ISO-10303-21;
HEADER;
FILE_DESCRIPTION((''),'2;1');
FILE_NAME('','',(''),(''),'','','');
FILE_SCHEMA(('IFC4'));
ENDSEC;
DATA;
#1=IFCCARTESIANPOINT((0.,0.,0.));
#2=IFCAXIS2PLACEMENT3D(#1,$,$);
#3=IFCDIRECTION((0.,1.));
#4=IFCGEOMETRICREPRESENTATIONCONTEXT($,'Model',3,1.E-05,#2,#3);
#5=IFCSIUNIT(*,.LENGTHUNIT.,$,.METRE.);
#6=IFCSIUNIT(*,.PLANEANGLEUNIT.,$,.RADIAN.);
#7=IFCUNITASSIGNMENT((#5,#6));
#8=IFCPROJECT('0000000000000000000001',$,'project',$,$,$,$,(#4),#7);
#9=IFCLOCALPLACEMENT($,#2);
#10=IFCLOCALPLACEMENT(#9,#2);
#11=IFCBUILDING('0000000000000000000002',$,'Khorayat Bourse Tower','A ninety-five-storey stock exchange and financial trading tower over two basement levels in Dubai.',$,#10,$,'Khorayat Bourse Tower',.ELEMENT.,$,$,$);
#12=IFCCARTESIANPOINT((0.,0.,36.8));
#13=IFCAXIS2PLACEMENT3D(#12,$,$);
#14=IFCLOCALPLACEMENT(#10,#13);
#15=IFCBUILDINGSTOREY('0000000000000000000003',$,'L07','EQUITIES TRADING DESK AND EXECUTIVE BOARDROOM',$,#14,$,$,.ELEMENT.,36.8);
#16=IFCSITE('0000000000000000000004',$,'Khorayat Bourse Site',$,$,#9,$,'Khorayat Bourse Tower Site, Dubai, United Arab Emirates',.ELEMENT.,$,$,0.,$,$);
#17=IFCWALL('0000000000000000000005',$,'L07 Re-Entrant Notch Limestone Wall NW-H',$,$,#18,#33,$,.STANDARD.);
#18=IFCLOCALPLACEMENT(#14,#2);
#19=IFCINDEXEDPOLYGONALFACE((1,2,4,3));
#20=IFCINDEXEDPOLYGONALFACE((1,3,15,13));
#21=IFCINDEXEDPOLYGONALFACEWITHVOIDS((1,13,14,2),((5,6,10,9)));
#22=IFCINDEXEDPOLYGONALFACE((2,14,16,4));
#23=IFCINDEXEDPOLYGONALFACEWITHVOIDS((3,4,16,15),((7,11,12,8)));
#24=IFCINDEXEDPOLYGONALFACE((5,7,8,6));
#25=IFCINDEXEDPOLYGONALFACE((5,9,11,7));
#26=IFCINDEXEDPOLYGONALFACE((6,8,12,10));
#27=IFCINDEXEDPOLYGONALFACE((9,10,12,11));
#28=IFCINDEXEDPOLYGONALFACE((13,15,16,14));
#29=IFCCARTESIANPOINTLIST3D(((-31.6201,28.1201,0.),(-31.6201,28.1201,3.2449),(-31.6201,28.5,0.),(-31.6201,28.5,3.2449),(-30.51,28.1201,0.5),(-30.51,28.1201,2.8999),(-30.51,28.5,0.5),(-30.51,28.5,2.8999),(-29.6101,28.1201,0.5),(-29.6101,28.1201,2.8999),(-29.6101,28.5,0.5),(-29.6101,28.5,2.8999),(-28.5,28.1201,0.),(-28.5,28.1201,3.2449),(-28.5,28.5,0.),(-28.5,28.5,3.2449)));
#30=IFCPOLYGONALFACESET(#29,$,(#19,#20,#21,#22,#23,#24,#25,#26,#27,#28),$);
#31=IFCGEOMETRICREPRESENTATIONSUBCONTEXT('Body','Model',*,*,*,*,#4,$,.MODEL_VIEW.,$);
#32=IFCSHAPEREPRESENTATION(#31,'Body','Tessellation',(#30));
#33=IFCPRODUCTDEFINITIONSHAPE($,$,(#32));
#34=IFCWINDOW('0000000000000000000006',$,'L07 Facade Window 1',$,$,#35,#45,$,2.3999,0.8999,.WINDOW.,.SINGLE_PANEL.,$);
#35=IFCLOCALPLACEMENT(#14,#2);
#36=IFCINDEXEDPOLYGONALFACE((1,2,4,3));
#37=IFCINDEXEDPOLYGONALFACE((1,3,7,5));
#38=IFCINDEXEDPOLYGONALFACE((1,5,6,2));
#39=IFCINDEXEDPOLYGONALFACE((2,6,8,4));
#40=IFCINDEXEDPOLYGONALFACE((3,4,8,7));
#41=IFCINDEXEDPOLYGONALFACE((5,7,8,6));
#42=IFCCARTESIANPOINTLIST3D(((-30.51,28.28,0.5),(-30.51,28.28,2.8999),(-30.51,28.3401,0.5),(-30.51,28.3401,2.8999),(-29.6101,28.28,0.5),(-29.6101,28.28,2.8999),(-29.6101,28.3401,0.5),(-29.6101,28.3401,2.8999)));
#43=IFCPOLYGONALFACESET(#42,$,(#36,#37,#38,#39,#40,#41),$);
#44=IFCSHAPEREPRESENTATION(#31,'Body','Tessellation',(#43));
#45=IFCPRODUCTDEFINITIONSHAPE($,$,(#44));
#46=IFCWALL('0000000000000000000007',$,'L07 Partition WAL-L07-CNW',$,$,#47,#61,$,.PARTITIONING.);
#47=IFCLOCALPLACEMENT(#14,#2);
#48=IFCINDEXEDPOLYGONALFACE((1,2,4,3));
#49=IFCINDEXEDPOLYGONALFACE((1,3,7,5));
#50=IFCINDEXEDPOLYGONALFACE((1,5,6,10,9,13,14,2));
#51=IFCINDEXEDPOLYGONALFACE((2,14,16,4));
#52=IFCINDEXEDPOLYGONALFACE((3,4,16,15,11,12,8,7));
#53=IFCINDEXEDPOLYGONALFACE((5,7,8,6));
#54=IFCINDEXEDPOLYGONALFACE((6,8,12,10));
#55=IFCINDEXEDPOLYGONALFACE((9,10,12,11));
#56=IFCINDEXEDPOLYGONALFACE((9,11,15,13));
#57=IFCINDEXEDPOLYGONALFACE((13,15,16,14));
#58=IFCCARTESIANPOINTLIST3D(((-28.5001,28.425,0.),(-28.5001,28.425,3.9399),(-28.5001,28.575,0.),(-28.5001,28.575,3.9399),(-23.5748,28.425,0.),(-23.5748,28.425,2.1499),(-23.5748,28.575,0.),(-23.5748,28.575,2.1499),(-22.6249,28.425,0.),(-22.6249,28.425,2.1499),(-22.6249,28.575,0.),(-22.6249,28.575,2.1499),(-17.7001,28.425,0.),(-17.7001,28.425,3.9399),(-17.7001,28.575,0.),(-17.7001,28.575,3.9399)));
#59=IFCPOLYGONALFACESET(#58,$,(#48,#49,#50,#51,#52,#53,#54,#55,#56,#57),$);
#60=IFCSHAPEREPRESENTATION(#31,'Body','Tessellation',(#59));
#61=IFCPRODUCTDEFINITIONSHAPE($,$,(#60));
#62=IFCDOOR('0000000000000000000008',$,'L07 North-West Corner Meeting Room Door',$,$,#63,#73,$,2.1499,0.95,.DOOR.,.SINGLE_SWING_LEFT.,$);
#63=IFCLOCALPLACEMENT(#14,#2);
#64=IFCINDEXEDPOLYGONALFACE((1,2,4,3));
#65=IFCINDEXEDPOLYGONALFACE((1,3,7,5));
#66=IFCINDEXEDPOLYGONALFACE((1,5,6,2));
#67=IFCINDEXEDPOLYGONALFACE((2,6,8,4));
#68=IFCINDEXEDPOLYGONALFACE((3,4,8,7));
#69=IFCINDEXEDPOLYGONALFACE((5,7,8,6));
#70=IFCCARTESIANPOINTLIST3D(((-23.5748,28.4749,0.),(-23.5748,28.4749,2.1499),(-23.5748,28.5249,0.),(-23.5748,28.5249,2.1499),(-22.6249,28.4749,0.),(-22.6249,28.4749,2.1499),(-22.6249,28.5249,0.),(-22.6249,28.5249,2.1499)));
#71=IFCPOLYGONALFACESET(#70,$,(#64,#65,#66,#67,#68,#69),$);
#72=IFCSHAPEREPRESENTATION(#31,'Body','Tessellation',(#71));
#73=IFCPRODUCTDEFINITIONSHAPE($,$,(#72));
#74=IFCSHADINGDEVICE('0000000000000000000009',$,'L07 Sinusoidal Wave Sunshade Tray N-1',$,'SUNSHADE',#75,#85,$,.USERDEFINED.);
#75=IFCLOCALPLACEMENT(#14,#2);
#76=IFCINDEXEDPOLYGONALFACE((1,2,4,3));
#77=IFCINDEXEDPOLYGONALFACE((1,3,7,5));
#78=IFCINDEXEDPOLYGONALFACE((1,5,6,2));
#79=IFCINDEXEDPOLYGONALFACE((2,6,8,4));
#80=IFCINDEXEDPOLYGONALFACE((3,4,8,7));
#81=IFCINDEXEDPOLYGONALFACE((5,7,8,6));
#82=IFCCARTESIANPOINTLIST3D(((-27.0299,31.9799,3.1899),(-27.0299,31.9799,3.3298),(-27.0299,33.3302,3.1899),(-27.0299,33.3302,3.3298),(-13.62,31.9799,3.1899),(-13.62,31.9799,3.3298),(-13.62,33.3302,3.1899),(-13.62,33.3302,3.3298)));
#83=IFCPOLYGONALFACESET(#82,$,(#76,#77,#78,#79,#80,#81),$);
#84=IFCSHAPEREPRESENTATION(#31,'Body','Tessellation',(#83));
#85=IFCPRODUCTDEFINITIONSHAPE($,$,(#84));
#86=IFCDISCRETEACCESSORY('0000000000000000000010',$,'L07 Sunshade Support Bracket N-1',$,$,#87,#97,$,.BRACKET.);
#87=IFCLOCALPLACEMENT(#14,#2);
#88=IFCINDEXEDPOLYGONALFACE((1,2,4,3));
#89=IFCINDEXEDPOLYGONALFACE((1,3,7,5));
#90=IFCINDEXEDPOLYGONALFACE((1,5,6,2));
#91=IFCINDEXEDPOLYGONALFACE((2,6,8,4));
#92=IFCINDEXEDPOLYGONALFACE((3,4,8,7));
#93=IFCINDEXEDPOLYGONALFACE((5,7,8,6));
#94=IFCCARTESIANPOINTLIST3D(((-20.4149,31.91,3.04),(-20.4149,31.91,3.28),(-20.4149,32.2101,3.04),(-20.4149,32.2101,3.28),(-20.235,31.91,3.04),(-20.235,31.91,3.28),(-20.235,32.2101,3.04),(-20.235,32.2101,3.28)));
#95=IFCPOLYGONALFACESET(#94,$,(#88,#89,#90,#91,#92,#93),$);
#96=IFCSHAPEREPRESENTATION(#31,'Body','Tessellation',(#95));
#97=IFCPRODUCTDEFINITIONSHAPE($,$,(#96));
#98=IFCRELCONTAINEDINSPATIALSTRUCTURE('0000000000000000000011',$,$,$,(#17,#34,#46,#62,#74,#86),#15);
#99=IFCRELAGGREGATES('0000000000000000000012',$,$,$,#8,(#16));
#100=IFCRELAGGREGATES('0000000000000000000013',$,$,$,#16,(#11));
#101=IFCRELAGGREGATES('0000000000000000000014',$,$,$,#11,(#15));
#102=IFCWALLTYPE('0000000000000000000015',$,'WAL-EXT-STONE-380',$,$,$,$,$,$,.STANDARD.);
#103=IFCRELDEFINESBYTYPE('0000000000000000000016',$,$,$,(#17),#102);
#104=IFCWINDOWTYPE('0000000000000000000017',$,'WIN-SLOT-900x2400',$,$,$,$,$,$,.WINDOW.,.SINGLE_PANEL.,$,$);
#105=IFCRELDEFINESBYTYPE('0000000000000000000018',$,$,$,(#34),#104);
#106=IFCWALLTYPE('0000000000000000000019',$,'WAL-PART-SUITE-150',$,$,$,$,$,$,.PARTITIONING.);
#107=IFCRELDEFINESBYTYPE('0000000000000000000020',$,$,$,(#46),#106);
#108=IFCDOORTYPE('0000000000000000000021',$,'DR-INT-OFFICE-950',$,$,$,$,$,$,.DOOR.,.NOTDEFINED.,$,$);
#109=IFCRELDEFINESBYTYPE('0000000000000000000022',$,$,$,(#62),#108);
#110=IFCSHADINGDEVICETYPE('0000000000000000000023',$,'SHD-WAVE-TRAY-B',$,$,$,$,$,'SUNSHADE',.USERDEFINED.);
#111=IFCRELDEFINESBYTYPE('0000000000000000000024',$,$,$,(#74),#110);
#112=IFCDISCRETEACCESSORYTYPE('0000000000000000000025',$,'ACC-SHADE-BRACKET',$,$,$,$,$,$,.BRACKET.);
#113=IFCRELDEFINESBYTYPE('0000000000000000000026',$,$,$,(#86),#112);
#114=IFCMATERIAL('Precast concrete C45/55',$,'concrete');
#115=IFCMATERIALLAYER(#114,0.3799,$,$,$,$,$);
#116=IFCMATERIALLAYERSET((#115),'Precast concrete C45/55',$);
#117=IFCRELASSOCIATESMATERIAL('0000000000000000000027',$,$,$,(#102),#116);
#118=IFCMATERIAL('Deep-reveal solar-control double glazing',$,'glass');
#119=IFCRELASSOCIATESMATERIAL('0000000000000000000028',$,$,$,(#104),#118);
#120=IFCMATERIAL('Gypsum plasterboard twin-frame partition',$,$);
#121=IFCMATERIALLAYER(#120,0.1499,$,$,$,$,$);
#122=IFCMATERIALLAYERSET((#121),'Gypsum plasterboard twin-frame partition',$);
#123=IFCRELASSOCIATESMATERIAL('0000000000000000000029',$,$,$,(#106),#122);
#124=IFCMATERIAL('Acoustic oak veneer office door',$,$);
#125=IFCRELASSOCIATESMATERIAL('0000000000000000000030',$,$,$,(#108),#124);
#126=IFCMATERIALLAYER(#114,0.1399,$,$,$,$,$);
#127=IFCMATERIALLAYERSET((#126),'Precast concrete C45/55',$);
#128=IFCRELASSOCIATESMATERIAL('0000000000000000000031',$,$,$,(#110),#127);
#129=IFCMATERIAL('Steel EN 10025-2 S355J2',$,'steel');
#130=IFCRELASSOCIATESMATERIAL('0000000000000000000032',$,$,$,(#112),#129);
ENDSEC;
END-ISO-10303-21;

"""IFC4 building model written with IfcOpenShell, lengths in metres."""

from ifc_helpers import new_model, si_unit, direction, frame, frame_2d, origin, origin_2d, place, context, subcontext, project, spatial, rectangle, extrude, source, transform, mapped, material, layer, layer_set, type_object, element, fill, save


model = new_model("IFC4")

# Units and contexts
model_context = context("Model", 3, precision=1e-05, world=origin(), true_north=direction((0.0, 1.0)))
body_context = subcontext(model_context, "Body", "Model", "MODEL_VIEW")
ifc_project = project(units=[si_unit("LENGTHUNIT", "METRE"), si_unit("PLANEANGLEUNIT", "RADIAN")], contexts=[model_context])

# Site, building, storey
site_placement = place(None, origin())
site = spatial("IfcSite", under=ifc_project, at=site_placement, Name="Khorayat Bourse Site", LongName="Khorayat Bourse Tower Site, Dubai, United Arab Emirates", CompositionType="ELEMENT", RefElevation=0.0)
building_placement = place(site_placement, origin())
building = spatial("IfcBuilding", under=site, at=building_placement, Name="Khorayat Bourse Tower", Description="A ninety-five-storey stock exchange and financial trading tower over two basement levels in Dubai.", LongName="Khorayat Bourse Tower", CompositionType="ELEMENT")
storey_placement = place(building_placement, frame((0.0, 0.0, 36.8)))
storey = spatial("IfcBuildingStorey", under=building, at=storey_placement, Name="L07", Description="EQUITIES TRADING DESK AND EXECUTIVE BOARDROOM", CompositionType="ELEMENT", Elevation=36.8)

# Wall, opening, window
ifc_material_1 = material(Name="Precast concrete C45/55", Category="concrete")
ifc_layer_1 = layer(ifc_material_1, 0.3799)
ifc_layer_set_1 = layer_set([ifc_layer_1], Name="Precast concrete C45/55")
wall_type_1 = type_object("IfcWallType", Name="WAL-EXT-STONE-380", PredefinedType="STANDARD", material=ifc_layer_set_1)
shared_shape_1 = source(origin(), body_context, "Body", "SweptSolid", [
    extrude(rectangle(XDim=3.1201, YDim=0.3799, at=frame_2d((1.5601, 0.0))), origin(), (0.0, 0.0, 1.0), 3.2449),
])
shared_shape_2 = source(origin(), body_context, "Body", "SweptSolid", [
    extrude(rectangle(XDim=0.8999, YDim=2.3999, at=frame_2d((0.45, 1.2))), frame((0.0, 0.2, 0.0), z_axis=(0.0, -1.0, 0.0), x_axis=(1.0, 0.0, 0.0)), (0.0, 0.0, 1.0), 0.3999),
])
ifc_material_2 = material(Name="Deep-reveal solar-control double glazing", Category="glass")
window_type = type_object("IfcWindowType", Name="WIN-SLOT-900x2400", PartitioningType="SINGLE_PANEL", PredefinedType="WINDOW", material=ifc_material_2)
shared_shape_3 = source(origin(), body_context, "Body", "SweptSolid", [
    extrude(rectangle(XDim=0.8999, YDim=2.3999, at=frame_2d((0.45, 1.2))), frame((0.0, 0.03, 0.0), z_axis=(0.0, -1.0, 0.0), x_axis=(1.0, 0.0, 0.0)), (0.0, 0.0, 1.0), 0.0601),
])
wall_1_placement = place(storey_placement, frame((-28.5, 28.3101, 0.0), z_axis=(0.0, 0.0, 1.0), x_axis=(-1.0, 0.0, 0.0)))
wall_1 = element("IfcWall", 1, at=wall_1_placement, inside=storey, type_object=wall_type_1, Name="L07 Re-Entrant Notch Limestone Wall NW-H", PredefinedType="STANDARD", context=body_context, shape_type="MappedRepresentation", body=[
    mapped(shared_shape_1, transform((0.0, 0.0, 0.0), scale=1.0)),
])
opening_1_placement = place(wall_1_placement, frame((1.1101, 0.0, 0.5)))
opening_1 = element("IfcOpeningElement", 2, at=opening_1_placement, cuts=wall_1, PredefinedType="OPENING", context=body_context, shape_type="MappedRepresentation", body=[
    mapped(shared_shape_2, transform((0.0, 0.0, 0.0), scale=1.0)),
])
window_1_placement = place(opening_1_placement, origin())
window_1 = element("IfcWindow", 3, at=window_1_placement, inside=storey, type_object=window_type, Name="L07 Facade Window 1", OverallHeight=2.3999, OverallWidth=0.8999, PartitioningType="SINGLE_PANEL", PredefinedType="WINDOW", context=body_context, shape_type="MappedRepresentation", body=[
    mapped(shared_shape_3, transform((0.0, 0.0, 0.0), scale=1.0)),
])
fill(opening_1, window_1)

# Wall, opening, door
ifc_material_3 = material(Name="Gypsum plasterboard twin-frame partition")
ifc_layer_2 = layer(ifc_material_3, 0.1499)
ifc_layer_set_2 = layer_set([ifc_layer_2], Name="Gypsum plasterboard twin-frame partition")
wall_type_2 = type_object("IfcWallType", Name="WAL-PART-SUITE-150", PredefinedType="PARTITIONING", material=ifc_layer_set_2)
shared_shape_4 = source(origin(), body_context, "Body", "SweptSolid", [
    extrude(rectangle(XDim=10.8, YDim=0.1499, at=frame_2d((5.3999, 0.0))), origin(), (0.0, 0.0, 1.0), 3.9399),
])
wall_2_placement = place(storey_placement, frame((-28.5, 28.5, 0.0), z_axis=(0.0, 0.0, 1.0), x_axis=(1.0, 0.0, 0.0)))
wall_2 = element("IfcWall", 4, at=wall_2_placement, inside=storey, type_object=wall_type_2, Name="L07 Partition WAL-L07-CNW", PredefinedType="PARTITIONING", context=body_context, shape_type="MappedRepresentation", body=[
    mapped(shared_shape_4, transform((0.0, 0.0, 0.0), scale=1.0)),
])
shared_shape_5 = source(origin(), body_context, "Body", "SweptSolid", [
    extrude(rectangle(XDim=0.95, YDim=2.1499, at=frame_2d((0.4751, 1.075))), frame((0.0, 0.085, 0.0), z_axis=(0.0, -1.0, 0.0), x_axis=(1.0, 0.0, 0.0)), (0.0, 0.0, 1.0), 0.1699),
])
opening_2_placement = place(wall_2_placement, frame((4.925, 0.0, 0.0)))
opening_2 = element("IfcOpeningElement", 5, at=opening_2_placement, cuts=wall_2, PredefinedType="OPENING", context=body_context, shape_type="MappedRepresentation", body=[
    mapped(shared_shape_5, transform((0.0, 0.0, 0.0), scale=1.0)),
])
ifc_material_4 = material(Name="Acoustic oak veneer office door")
door_type = type_object("IfcDoorType", Name="DR-INT-OFFICE-950", OperationType="NOTDEFINED", PredefinedType="DOOR", material=ifc_material_4)
shared_shape_6 = source(origin(), body_context, "Body", "SweptSolid", [
    extrude(rectangle(XDim=0.95, YDim=2.1499, at=frame_2d((0.4751, 1.075))), frame((0.0, 0.0249, 0.0), z_axis=(0.0, -1.0, 0.0), x_axis=(1.0, 0.0, 0.0)), (0.0, 0.0, 1.0), 0.05),
])
door_placement = place(opening_2_placement, origin())
door = element("IfcDoor", 6, at=door_placement, inside=storey, type_object=door_type, Name="L07 North-West Corner Meeting Room Door", OperationType="SINGLE_SWING_LEFT", OverallHeight=2.1499, OverallWidth=0.95, PredefinedType="DOOR", context=body_context, shape_type="MappedRepresentation", body=[
    mapped(shared_shape_6, transform((0.0, 0.0, 0.0), scale=1.0)),
])
fill(opening_2, door)

# Shading device
ifc_layer_3 = layer(ifc_material_1, 0.1399)
ifc_layer_set_3 = layer_set([ifc_layer_3], Name="Precast concrete C45/55")
shading_device_type = type_object("IfcShadingDeviceType", Name="SHD-WAVE-TRAY-B", ElementType="SUNSHADE", PredefinedType="USERDEFINED", material=ifc_layer_set_3)
shared_shape_7 = source(origin(), body_context, "Body", "SweptSolid", [
    extrude(rectangle(XDim=13.4099, YDim=1.3503, at=origin_2d()), origin(), (0.0, 0.0, 1.0), 0.1399),
])
shading_device_placement = place(storey_placement, frame((-20.325, 32.655, 3.1899), z_axis=(0.0, 0.0, 1.0), x_axis=(1.0, 0.0, 0.0)))
element("IfcShadingDevice", 7, at=shading_device_placement, inside=storey, type_object=shading_device_type, Name="L07 Sinusoidal Wave Sunshade Tray N-1", ObjectType="SUNSHADE", PredefinedType="USERDEFINED", context=body_context, shape_type="MappedRepresentation", body=[
    mapped(shared_shape_7, transform((0.0, 0.0, 0.0), scale=1.0)),
])

# Discrete accessory
ifc_material_5 = material(Name="Steel EN 10025-2 S355J2", Category="steel")
discrete_accessory_type = type_object("IfcDiscreteAccessoryType", Name="ACC-SHADE-BRACKET", PredefinedType="BRACKET", material=ifc_material_5)
shared_shape_8 = source(origin(), body_context, "Body", "SweptSolid", [
    extrude(rectangle(XDim=0.1799, YDim=0.3, at=origin_2d()), origin(), (0.0, 0.0, 1.0), 0.24),
])
discrete_accessory_placement = place(storey_placement, frame((-20.325, 32.0601, 3.04), z_axis=(0.0, 0.0, 1.0), x_axis=(1.0, 0.0, 0.0)))
element("IfcDiscreteAccessory", 8, at=discrete_accessory_placement, inside=storey, type_object=discrete_accessory_type, Name="L07 Sunshade Support Bracket N-1", PredefinedType="BRACKET", context=body_context, shape_type="MappedRepresentation", body=[
    mapped(shared_shape_8, transform((0.0, 0.0, 0.0), scale=1.0)),
])

save(model, "model.ifc")
